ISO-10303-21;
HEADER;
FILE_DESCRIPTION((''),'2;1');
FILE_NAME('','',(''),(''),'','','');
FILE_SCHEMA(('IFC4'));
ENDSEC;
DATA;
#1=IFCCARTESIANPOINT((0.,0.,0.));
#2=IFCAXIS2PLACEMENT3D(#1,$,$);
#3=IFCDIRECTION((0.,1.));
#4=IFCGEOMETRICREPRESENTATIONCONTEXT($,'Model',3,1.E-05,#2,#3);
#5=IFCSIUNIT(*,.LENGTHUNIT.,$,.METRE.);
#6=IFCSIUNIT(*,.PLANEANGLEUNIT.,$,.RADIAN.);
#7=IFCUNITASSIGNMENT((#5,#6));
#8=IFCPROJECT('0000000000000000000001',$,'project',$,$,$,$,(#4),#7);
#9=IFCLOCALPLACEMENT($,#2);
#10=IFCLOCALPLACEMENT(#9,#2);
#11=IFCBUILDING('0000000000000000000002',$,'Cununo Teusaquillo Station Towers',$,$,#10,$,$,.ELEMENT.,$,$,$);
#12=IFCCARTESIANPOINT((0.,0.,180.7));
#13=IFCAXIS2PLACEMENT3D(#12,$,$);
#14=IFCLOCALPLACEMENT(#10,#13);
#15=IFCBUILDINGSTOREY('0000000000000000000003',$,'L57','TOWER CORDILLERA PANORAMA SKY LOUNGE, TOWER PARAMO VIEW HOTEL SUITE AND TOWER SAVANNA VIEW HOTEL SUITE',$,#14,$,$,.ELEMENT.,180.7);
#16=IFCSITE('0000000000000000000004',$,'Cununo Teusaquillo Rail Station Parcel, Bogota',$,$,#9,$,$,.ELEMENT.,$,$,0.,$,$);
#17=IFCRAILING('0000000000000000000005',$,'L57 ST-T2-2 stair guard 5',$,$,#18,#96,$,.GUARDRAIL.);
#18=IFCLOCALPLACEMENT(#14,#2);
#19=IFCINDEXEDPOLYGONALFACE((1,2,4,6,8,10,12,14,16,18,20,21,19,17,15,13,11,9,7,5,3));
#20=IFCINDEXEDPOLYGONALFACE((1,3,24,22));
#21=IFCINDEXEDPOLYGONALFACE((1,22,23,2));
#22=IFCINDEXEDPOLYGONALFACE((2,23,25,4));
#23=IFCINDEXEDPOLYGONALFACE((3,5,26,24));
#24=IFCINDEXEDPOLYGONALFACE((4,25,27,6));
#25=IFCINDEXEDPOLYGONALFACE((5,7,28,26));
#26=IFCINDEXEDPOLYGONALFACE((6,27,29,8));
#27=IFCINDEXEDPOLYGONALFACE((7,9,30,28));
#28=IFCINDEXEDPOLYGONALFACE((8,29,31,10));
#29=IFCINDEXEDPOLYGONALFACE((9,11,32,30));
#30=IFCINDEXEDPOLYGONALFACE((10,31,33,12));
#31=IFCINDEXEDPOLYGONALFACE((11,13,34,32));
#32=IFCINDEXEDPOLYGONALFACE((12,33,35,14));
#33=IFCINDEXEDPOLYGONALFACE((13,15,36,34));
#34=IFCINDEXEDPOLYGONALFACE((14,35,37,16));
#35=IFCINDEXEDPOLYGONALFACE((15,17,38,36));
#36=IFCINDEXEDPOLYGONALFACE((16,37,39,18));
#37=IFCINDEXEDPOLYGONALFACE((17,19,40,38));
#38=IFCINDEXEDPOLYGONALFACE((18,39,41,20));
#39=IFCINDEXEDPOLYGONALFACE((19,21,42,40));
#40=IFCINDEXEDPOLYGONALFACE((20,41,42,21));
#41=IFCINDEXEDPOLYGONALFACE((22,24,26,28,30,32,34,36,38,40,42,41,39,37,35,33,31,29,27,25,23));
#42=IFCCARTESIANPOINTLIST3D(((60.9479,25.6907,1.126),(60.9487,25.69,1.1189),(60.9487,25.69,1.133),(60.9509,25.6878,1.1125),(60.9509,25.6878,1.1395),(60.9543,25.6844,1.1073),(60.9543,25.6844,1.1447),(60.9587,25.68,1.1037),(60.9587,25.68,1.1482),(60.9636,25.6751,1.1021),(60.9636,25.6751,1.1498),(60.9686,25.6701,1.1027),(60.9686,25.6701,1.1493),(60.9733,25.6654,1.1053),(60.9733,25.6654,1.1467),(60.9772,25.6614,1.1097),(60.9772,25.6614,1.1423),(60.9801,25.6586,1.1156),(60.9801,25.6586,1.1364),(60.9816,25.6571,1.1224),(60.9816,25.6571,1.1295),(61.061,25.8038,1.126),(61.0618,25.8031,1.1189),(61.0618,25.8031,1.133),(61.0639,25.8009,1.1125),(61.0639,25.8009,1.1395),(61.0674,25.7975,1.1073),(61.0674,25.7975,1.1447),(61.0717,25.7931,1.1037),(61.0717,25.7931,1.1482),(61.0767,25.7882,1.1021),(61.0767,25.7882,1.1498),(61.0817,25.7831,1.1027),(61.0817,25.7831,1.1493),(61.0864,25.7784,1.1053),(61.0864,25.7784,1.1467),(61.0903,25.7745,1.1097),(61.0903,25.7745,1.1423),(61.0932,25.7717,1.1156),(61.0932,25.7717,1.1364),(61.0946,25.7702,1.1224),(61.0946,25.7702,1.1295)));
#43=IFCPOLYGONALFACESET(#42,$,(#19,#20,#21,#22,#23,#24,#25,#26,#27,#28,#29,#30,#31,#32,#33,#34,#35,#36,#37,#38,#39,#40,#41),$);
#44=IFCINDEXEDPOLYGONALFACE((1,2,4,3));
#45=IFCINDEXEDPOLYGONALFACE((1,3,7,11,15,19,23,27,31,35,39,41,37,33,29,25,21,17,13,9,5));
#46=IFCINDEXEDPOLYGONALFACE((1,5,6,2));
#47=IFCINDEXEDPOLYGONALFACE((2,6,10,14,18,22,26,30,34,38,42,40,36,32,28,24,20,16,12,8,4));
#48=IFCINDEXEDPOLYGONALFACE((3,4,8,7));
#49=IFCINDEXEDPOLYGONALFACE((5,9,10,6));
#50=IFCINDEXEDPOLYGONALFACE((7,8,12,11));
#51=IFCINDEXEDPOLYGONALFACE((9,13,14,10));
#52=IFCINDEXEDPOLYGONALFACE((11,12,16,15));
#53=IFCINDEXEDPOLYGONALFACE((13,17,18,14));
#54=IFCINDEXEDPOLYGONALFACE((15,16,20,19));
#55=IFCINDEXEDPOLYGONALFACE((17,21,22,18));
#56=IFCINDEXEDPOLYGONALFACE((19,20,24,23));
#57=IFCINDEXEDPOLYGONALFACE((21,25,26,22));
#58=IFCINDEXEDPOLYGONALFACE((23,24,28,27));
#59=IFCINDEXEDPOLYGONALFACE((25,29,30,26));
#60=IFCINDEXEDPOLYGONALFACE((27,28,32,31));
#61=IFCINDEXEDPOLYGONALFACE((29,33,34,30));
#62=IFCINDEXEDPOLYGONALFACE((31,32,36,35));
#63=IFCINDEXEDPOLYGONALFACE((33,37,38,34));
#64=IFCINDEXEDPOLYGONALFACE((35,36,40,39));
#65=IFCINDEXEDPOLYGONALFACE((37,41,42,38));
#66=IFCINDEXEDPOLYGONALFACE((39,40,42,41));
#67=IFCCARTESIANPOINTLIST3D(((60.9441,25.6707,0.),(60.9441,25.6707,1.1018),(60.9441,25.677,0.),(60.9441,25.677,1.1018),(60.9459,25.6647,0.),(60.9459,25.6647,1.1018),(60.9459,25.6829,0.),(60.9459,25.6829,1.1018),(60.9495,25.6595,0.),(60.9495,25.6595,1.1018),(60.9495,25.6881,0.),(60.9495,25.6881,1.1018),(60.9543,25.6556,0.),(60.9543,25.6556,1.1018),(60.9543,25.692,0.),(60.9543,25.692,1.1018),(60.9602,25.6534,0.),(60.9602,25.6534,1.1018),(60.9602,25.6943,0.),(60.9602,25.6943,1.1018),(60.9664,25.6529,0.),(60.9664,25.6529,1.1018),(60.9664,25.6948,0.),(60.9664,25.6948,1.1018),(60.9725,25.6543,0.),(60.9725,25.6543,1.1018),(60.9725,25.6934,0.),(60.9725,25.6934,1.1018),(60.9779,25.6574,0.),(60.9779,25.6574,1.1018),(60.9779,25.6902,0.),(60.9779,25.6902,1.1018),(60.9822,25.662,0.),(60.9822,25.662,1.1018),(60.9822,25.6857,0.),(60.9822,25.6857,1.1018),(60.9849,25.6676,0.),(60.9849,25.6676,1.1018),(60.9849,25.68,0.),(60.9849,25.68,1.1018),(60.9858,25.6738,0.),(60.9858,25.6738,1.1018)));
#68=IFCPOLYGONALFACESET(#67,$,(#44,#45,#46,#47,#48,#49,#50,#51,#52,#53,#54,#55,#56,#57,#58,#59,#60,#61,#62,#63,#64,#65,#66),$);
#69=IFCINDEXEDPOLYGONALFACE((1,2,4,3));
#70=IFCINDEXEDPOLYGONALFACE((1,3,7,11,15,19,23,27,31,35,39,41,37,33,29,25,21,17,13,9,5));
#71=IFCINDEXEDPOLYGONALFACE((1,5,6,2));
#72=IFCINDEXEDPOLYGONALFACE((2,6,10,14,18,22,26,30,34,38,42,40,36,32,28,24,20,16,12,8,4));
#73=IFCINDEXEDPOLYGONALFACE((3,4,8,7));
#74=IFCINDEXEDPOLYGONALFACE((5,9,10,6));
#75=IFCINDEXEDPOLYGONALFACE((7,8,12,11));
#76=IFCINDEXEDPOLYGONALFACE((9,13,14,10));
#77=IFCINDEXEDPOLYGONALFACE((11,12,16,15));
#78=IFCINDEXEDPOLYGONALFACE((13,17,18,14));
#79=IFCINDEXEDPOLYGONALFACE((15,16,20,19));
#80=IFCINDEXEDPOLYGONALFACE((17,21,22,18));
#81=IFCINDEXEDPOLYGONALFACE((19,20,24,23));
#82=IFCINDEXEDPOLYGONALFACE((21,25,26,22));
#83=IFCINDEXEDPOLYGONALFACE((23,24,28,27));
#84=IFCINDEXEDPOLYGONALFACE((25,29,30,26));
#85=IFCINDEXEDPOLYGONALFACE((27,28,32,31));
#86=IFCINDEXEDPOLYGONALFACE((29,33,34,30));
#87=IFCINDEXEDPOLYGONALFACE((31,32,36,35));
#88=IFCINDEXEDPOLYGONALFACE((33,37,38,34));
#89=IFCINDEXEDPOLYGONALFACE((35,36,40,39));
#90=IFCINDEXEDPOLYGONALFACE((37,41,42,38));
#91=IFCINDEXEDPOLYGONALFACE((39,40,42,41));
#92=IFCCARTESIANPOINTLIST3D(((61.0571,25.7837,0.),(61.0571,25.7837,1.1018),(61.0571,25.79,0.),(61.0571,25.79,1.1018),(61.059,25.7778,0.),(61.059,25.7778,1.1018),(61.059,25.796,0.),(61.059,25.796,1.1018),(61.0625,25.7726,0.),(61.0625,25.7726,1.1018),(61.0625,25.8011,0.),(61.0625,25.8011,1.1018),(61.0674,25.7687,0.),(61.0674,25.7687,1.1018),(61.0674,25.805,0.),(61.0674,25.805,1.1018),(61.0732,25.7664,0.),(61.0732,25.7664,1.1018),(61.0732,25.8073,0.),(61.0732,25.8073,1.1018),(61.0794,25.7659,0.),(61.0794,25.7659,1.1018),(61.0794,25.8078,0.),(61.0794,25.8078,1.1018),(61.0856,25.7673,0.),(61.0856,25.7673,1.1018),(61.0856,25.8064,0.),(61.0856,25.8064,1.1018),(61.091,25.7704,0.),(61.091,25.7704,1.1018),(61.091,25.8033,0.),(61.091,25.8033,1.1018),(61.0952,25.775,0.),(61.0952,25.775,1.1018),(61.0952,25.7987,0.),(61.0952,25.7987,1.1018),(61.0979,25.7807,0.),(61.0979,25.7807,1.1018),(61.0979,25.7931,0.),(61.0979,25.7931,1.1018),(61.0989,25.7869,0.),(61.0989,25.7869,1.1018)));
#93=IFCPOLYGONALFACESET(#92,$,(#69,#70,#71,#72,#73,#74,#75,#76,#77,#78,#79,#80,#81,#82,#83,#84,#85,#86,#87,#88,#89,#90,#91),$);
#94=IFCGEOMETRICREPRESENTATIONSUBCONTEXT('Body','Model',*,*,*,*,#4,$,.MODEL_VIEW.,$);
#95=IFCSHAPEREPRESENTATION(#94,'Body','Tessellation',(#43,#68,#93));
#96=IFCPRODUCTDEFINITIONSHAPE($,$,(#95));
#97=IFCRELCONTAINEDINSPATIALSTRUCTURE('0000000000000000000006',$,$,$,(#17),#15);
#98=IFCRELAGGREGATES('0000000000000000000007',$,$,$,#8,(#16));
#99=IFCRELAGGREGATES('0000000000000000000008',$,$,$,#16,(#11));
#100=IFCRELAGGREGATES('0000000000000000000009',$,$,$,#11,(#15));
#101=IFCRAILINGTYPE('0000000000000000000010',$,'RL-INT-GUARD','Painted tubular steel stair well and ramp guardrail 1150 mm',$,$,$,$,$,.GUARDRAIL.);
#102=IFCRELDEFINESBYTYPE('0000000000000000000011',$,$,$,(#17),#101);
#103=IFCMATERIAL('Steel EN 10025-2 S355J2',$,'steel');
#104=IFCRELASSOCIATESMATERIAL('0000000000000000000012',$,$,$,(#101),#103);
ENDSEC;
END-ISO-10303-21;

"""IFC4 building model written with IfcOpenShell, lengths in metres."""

from ifc_helpers import new_model, si_unit, direction, frame, origin, origin_2d, place, context, subcontext, project, spatial, circle, extrude, material, type_object, element, save


model = new_model("IFC4")

# Units and contexts
model_context = context("Model", 3, precision=1e-05, world=origin(), true_north=direction((0.0, 1.0)))
body_context = subcontext(model_context, "Body", "Model", "MODEL_VIEW")
ifc_project = project(units=[si_unit("LENGTHUNIT", "METRE"), si_unit("PLANEANGLEUNIT", "RADIAN")], contexts=[model_context])

# Site, building, storey
site_placement = place(None, origin())
site = spatial("IfcSite", under=ifc_project, at=site_placement, Name="Cununo Teusaquillo Rail Station Parcel, Bogota", CompositionType="ELEMENT", RefElevation=0.0)
building_placement = place(site_placement, origin())
building = spatial("IfcBuilding", under=site, at=building_placement, Name="Cununo Teusaquillo Station Towers", CompositionType="ELEMENT")
storey_placement = place(building_placement, frame((0.0, 0.0, 180.7)))
storey = spatial("IfcBuildingStorey", under=building, at=storey_placement, Name="L57", Description="TOWER CORDILLERA PANORAMA SKY LOUNGE, TOWER PARAMO VIEW HOTEL SUITE AND TOWER SAVANNA VIEW HOTEL SUITE", CompositionType="ELEMENT", Elevation=180.7)

# Railing
ifc_material_1 = material(Name="Steel EN 10025-2 S355J2", Category="steel")
railing_type_1 = type_object("IfcRailingType", Name="RL-INT-GUARD", Description="Painted tubular steel stair well and ramp guardrail 1150 mm", PredefinedType="GUARDRAIL", material=ifc_material_1)
railing_1_placement = place(storey_placement, frame((60.9648, 25.6738, 0.0)))
element("IfcRailing", 1, at=railing_1_placement, inside=storey, type_object=railing_type_1, Name="L57 ST-T2-2 stair guard 5", PredefinedType="GUARDRAIL", context=body_context, shape_type="SweptSolid", body=[
    extrude(circle(Radius=0.0239, at=origin_2d()), frame((0.0, 0.0, 1.126), z_axis=(0.707107, 0.707107, 0.0), x_axis=(-0.707107, 0.707107, 0.0)), (0.0, 0.0, 1.0), 0.1599),
    extrude(circle(Radius=0.021, at=origin_2d()), origin(), (0.0, 0.0, 1.0), 1.1018),
    extrude(circle(Radius=0.021, at=origin_2d()), frame((0.113, 0.113, 0.0)), (0.0, 0.0, 1.0), 1.1018),
])

save(model, "model.ifc")
